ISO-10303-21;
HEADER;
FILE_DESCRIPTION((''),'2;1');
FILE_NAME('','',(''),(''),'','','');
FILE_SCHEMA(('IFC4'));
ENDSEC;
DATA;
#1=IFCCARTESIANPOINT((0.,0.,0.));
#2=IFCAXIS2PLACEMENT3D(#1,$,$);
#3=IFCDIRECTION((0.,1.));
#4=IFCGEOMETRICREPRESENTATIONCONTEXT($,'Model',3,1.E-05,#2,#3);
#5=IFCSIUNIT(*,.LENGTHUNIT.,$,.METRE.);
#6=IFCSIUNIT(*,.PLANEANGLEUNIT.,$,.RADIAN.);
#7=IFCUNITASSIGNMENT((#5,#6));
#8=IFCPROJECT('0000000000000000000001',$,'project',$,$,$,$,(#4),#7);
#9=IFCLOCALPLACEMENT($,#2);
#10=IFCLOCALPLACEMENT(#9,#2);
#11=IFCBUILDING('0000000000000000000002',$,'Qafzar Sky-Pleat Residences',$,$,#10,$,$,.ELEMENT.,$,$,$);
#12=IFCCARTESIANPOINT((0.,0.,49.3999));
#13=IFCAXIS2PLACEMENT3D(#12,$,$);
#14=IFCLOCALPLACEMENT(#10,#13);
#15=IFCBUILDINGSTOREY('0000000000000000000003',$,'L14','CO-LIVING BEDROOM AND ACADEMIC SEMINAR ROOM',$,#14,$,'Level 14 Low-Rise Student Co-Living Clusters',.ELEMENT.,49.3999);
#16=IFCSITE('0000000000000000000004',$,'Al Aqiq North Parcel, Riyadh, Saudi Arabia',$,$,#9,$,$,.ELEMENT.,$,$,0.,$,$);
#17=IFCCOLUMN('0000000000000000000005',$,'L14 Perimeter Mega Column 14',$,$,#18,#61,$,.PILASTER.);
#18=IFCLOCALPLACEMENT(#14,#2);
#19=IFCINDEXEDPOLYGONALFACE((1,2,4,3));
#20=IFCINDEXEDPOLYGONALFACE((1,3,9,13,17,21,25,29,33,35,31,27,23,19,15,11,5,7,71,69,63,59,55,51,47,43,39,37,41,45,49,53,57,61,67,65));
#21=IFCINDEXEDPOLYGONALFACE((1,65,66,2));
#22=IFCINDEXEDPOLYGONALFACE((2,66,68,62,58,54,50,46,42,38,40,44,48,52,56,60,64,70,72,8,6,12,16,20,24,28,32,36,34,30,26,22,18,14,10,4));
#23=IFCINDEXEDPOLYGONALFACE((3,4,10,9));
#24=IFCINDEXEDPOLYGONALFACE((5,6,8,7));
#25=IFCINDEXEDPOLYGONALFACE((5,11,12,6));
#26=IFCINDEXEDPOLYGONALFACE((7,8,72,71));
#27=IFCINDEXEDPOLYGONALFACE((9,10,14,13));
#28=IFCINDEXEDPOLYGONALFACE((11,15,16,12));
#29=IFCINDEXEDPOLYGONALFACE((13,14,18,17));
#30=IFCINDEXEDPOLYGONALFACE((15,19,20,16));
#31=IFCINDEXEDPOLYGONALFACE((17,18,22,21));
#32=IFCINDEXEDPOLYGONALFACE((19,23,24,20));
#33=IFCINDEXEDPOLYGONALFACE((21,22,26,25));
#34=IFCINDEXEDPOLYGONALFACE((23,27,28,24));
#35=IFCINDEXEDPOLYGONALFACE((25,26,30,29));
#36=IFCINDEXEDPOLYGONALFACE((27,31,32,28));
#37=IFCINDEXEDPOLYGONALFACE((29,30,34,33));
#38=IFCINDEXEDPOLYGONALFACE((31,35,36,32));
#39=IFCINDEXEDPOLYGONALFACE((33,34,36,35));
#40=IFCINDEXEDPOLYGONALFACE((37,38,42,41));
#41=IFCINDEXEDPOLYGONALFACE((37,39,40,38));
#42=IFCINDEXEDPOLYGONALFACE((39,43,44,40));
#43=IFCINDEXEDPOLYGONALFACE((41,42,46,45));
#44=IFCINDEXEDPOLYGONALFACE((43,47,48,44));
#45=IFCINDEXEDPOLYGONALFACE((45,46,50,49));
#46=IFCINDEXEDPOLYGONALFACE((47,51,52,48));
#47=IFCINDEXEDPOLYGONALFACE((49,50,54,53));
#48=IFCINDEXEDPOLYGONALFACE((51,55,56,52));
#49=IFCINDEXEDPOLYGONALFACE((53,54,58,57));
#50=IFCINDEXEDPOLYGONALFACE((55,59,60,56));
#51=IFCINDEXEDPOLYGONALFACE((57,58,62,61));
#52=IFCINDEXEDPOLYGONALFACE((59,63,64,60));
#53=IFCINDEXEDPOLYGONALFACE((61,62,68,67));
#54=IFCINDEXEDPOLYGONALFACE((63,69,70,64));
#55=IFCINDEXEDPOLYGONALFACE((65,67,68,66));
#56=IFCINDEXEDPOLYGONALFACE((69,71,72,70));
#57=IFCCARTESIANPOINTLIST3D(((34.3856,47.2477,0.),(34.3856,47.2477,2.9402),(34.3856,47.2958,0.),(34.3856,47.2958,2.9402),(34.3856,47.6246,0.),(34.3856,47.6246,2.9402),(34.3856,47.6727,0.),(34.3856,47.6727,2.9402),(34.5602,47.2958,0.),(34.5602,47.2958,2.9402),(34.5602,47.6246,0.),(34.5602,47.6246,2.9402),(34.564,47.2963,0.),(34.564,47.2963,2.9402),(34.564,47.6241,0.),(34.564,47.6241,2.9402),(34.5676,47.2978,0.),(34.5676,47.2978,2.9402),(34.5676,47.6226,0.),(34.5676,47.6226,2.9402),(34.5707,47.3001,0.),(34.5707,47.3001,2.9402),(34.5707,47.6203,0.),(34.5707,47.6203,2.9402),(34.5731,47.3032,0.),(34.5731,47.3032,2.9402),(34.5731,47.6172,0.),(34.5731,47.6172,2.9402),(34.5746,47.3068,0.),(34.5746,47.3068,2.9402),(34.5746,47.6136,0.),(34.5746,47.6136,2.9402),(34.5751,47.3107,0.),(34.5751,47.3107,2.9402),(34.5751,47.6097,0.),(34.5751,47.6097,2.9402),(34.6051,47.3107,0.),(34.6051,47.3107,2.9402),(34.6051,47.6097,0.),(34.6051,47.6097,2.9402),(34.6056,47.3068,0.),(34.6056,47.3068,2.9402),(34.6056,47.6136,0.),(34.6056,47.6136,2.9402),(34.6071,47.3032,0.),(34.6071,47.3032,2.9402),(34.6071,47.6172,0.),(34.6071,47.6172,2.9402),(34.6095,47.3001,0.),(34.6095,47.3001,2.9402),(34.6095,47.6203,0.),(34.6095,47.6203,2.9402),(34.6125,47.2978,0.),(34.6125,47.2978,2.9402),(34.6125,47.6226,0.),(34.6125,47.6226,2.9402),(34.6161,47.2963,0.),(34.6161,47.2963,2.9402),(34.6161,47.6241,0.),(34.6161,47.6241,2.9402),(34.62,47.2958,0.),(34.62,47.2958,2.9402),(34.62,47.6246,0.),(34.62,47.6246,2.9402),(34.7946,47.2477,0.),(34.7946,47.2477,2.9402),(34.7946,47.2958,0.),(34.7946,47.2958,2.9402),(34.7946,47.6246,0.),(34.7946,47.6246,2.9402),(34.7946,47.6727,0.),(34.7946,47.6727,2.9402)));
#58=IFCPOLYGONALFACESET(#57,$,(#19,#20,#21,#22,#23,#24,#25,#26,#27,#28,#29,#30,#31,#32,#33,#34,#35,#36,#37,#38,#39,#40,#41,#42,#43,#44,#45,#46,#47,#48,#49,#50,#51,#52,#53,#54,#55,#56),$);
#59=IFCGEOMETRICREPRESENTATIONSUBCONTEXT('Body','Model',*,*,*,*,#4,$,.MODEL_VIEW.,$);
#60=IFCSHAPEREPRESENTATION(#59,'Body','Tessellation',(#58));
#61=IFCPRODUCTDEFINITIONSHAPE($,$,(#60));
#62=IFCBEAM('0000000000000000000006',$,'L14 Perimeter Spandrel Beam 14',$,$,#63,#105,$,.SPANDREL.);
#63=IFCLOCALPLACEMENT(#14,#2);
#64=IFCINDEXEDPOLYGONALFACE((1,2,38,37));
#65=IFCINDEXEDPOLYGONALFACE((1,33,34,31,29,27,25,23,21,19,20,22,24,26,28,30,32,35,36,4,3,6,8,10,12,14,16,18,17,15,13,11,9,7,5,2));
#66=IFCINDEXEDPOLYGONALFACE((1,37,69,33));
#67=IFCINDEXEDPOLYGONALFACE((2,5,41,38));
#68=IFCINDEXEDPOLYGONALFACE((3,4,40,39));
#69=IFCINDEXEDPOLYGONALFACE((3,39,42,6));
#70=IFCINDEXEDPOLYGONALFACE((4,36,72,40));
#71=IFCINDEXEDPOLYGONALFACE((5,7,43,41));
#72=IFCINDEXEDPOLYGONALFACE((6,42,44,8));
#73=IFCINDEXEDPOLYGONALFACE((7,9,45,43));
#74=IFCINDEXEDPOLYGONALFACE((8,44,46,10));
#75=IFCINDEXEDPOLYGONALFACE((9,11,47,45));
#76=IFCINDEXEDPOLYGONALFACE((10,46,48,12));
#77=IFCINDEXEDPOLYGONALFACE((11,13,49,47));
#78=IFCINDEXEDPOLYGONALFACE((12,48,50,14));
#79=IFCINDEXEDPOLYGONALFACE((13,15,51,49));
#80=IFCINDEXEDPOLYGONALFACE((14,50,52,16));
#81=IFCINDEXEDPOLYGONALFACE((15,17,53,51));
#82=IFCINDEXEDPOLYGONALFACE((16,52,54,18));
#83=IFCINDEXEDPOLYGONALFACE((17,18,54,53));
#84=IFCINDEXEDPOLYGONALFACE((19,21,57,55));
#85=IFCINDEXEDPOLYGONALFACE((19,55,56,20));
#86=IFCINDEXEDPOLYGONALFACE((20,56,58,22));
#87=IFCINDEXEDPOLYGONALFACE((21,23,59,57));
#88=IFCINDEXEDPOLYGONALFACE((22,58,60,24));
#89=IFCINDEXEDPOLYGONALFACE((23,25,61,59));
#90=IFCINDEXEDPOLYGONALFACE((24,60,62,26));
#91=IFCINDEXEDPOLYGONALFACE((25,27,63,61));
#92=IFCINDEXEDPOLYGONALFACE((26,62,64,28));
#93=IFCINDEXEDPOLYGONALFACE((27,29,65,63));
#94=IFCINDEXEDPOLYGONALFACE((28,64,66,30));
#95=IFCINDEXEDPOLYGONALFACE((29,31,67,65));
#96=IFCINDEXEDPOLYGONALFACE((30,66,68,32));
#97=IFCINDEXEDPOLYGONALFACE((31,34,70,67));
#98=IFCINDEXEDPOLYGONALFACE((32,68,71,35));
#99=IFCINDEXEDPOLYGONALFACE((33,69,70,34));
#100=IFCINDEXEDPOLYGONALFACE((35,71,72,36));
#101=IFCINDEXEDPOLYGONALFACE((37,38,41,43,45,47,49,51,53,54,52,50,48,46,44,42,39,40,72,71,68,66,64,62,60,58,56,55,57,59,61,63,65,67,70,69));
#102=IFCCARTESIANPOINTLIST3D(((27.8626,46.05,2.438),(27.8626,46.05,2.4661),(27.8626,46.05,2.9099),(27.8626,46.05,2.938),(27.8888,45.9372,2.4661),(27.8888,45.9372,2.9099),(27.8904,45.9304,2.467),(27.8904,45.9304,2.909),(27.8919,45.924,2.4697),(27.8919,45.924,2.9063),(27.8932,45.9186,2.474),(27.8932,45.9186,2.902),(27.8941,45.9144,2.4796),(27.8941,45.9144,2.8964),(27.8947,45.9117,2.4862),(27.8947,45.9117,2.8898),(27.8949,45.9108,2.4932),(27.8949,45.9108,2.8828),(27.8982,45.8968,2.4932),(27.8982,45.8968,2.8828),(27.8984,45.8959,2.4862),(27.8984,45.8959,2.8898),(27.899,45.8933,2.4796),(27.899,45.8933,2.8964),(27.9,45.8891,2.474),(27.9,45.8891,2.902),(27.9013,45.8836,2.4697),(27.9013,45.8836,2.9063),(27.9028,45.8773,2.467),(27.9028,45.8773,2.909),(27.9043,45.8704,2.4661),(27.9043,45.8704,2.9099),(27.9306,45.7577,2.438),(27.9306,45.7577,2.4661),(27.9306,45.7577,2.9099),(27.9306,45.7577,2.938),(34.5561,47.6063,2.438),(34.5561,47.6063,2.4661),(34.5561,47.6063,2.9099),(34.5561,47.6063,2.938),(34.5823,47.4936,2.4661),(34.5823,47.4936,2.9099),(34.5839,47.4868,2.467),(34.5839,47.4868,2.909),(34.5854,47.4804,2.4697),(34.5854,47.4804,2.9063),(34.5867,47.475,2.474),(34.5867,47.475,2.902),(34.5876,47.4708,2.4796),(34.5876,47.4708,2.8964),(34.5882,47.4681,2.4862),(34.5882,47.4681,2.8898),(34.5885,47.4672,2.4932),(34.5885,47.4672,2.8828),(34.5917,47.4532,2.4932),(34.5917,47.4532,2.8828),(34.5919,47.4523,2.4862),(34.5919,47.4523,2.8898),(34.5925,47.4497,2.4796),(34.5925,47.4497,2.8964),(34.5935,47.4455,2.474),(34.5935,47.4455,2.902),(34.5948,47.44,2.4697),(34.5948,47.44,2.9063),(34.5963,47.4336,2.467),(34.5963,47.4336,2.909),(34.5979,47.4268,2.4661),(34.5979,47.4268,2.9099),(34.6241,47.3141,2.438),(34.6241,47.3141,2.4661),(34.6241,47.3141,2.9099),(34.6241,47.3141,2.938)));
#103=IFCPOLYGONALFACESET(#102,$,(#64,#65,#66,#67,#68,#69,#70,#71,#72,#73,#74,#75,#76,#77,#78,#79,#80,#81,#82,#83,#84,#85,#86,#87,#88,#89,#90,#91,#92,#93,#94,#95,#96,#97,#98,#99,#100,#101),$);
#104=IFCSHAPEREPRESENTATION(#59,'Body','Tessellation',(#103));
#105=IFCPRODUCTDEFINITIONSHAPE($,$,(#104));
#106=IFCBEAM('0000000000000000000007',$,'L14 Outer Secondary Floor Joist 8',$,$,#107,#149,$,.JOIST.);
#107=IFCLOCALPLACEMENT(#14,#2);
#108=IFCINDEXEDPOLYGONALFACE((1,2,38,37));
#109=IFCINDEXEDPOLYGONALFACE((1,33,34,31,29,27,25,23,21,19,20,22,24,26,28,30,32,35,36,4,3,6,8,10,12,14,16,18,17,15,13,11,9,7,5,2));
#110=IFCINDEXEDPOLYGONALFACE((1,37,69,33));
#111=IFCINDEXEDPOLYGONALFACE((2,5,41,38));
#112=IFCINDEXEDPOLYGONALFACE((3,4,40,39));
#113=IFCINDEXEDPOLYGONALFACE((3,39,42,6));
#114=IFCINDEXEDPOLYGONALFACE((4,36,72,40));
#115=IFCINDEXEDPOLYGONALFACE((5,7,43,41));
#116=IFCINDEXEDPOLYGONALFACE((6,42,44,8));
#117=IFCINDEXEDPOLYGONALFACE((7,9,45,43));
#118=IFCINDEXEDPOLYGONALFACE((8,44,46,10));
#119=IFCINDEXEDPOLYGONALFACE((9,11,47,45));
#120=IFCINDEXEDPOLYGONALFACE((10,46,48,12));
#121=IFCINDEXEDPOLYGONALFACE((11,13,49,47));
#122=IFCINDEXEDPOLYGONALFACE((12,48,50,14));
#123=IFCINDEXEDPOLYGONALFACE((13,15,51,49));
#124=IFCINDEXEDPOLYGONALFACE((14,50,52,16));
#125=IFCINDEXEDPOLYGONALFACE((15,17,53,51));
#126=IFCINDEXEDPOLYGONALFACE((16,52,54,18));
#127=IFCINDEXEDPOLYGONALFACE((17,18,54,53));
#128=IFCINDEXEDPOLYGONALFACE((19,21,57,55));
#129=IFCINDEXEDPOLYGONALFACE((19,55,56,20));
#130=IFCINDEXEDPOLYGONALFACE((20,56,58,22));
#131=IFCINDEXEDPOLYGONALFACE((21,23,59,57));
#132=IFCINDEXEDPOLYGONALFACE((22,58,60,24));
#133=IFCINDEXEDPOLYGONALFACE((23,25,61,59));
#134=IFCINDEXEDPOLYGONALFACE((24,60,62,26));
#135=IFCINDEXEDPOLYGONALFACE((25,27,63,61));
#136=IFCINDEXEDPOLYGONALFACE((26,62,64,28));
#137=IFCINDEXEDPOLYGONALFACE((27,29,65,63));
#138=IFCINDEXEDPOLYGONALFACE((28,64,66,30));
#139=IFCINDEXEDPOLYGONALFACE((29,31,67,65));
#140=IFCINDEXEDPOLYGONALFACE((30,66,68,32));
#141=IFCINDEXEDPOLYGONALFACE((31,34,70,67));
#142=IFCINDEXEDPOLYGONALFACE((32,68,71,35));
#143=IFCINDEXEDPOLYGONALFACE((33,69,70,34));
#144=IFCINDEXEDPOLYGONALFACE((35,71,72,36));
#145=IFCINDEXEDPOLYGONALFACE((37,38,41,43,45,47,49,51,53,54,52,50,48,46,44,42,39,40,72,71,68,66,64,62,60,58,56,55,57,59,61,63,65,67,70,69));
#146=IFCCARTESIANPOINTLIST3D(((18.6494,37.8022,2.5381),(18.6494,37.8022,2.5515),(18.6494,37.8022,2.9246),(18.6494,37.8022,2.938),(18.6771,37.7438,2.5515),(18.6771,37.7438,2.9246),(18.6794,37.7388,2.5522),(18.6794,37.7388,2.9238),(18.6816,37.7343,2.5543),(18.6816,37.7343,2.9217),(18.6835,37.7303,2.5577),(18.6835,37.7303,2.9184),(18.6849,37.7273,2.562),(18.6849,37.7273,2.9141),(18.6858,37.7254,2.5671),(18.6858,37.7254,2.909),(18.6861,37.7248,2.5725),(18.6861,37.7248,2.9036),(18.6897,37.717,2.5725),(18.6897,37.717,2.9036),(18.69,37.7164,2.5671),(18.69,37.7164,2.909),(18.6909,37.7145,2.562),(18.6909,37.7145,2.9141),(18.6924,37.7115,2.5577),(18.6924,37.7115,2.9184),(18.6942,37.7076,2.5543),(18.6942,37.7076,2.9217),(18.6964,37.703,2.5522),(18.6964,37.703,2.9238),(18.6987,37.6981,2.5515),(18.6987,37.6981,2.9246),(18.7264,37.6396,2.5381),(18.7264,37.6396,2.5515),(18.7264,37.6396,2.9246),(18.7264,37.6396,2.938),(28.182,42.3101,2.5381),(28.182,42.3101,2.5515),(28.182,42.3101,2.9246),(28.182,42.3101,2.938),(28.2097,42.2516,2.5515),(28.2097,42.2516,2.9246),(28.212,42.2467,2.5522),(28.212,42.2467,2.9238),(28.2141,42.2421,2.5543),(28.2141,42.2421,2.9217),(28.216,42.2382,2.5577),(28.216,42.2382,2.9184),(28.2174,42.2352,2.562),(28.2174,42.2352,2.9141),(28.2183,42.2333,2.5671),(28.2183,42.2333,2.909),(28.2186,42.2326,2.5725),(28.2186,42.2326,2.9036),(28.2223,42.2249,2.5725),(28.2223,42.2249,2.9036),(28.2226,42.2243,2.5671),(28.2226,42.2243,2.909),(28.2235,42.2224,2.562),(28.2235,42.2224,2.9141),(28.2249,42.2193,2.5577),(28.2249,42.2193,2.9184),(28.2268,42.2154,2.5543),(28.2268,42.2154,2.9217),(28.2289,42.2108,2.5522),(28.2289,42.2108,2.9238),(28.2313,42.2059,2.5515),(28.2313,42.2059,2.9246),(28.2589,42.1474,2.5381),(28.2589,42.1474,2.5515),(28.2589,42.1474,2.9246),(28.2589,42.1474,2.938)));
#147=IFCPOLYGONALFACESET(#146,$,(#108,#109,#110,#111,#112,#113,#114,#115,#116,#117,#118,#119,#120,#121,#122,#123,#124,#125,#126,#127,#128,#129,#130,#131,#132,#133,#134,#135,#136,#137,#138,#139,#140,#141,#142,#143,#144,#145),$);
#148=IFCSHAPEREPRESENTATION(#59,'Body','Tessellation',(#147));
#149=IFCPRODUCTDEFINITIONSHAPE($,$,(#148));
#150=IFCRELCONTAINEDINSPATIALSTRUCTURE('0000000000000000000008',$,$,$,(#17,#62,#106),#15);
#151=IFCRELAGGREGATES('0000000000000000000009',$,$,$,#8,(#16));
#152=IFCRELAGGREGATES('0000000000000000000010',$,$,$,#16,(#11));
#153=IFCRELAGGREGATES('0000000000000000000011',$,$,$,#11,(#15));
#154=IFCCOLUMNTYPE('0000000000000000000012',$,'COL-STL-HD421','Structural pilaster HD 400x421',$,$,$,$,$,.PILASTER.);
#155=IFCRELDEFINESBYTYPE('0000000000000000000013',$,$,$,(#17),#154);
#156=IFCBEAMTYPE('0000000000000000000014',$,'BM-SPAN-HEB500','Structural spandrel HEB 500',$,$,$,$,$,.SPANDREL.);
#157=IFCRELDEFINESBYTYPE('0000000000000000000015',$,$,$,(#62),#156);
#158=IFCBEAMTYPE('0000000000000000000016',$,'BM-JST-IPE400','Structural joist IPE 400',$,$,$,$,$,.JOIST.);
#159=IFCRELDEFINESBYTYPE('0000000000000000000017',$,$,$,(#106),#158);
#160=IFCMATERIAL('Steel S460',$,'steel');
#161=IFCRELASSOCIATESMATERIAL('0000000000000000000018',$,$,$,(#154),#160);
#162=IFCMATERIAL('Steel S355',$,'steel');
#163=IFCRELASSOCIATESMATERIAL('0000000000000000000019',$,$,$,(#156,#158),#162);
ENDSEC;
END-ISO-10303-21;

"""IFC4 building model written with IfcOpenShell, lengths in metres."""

from ifc_helpers import new_model, si_unit, direction, frame, origin, origin_2d, place, context, subcontext, project, spatial, i_section, extrude, source, transform, mapped, material, material_profile, profile_set, type_object, element, save


model = new_model("IFC4")

# Units and contexts
model_context = context("Model", 3, precision=1e-05, world=origin(), true_north=direction((0.0, 1.0)))
body_context = subcontext(model_context, "Body", "Model", "MODEL_VIEW")
ifc_project = project(units=[si_unit("LENGTHUNIT", "METRE"), si_unit("PLANEANGLEUNIT", "RADIAN")], contexts=[model_context])

# Site, building, storey
site_placement = place(None, origin())
site = spatial("IfcSite", under=ifc_project, at=site_placement, Name="Al Aqiq North Parcel, Riyadh, Saudi Arabia", CompositionType="ELEMENT", RefElevation=0.0)
building_placement = place(site_placement, origin())
building = spatial("IfcBuilding", under=site, at=building_placement, Name="Qafzar Sky-Pleat Residences", CompositionType="ELEMENT")
storey_placement = place(building_placement, frame((0.0, 0.0, 49.3999)))
storey = spatial("IfcBuildingStorey", under=building, at=storey_placement, Name="L14", Description="CO-LIVING BEDROOM AND ACADEMIC SEMINAR ROOM", LongName="Level 14 Low-Rise Student Co-Living Clusters", CompositionType="ELEMENT", Elevation=49.3999)

# Column
ifc_material_1 = material(Name="Steel S460", Category="steel")
ifc_material_profile_1 = material_profile(ifc_material_1, i_section(OverallWidth=0.4089, OverallDepth=0.425, WebThickness=0.03, FlangeThickness=0.0481, FilletRadius=0.0149, at=origin_2d()), Name="HD 400x421")
ifc_profile_set_1 = profile_set([ifc_material_profile_1], Name="Steel S460")
column_type = type_object("IfcColumnType", Name="COL-STL-HD421", Description="Structural pilaster HD 400x421", PredefinedType="PILASTER", material=ifc_profile_set_1)
shared_shape_1 = source(origin(), body_context, "Body", "SweptSolid", [
    extrude(i_section(OverallWidth=0.4089, OverallDepth=0.425, WebThickness=0.03, FlangeThickness=0.0481, FilletRadius=0.0149, at=origin_2d()), origin(), (0.0, 0.0, 1.0), 2.9402),
])
column_placement = place(storey_placement, frame((34.5901, 47.4602, 0.0), z_axis=(0.0, 0.0, 1.0), x_axis=(1.0, 0.0, 0.0)))
element("IfcColumn", 1, at=column_placement, inside=storey, type_object=column_type, Name="L14 Perimeter Mega Column 14", PredefinedType="PILASTER", context=body_context, shape_type="MappedRepresentation", body=[
    mapped(shared_shape_1, transform((0.0, 0.0, 0.0), x_axis=(1.0, 0.0, 0.0), y_axis=(0.0, 1.0, 0.0), z_axis=(0.0, 0.0, 1.0), scale=1.0)),
])

# Beams
ifc_material_2 = material(Name="Steel S355", Category="steel")
ifc_material_profile_2 = material_profile(ifc_material_2, i_section(OverallWidth=0.3, OverallDepth=0.5, WebThickness=0.0144, FlangeThickness=0.0281, FilletRadius=0.0271, at=origin_2d()), Name="HEB 500")
ifc_profile_set_2 = profile_set([ifc_material_profile_2], Name="Steel S355")
beam_type_1 = type_object("IfcBeamType", Name="BM-SPAN-HEB500", Description="Structural spandrel HEB 500", PredefinedType="SPANDREL", material=ifc_profile_set_2)
shared_shape_2 = source(origin(), body_context, "Body", "SweptSolid", [
    extrude(i_section(OverallWidth=0.3, OverallDepth=0.5, WebThickness=0.0144, FlangeThickness=0.0281, FilletRadius=0.0271, at=origin_2d()), origin(), (0.0, 0.0, 1.0), 6.8721),
])
beam_1_placement = place(storey_placement, frame((34.5901, 47.4602, 2.688), z_axis=(-0.974016, -0.226478, 0.0), x_axis=(0.226478, -0.974016, 0.0)))
element("IfcBeam", 2, at=beam_1_placement, inside=storey, type_object=beam_type_1, Name="L14 Perimeter Spandrel Beam 14", PredefinedType="SPANDREL", context=body_context, shape_type="MappedRepresentation", body=[
    mapped(shared_shape_2, transform((0.0, 0.0, 0.0), x_axis=(1.0, 0.0, 0.0), y_axis=(0.0, 1.0, 0.0), z_axis=(0.0, 0.0, 1.0), scale=1.0)),
])
ifc_material_profile_3 = material_profile(ifc_material_2, i_section(OverallWidth=0.1799, OverallDepth=0.3999, WebThickness=0.0085, FlangeThickness=0.0134, FilletRadius=0.021, at=origin_2d()), Name="IPE 400")
ifc_profile_set_3 = profile_set([ifc_material_profile_3], Name="Steel S355")
beam_type_2 = type_object("IfcBeamType", Name="BM-JST-IPE400", Description="Structural joist IPE 400", PredefinedType="JOIST", material=ifc_profile_set_3)
shared_shape_3 = source(origin(), body_context, "Body", "SweptSolid", [
    extrude(i_section(OverallWidth=0.1799, OverallDepth=0.3999, WebThickness=0.0085, FlangeThickness=0.0134, FilletRadius=0.021, at=origin_2d()), origin(), (0.0, 0.0, 1.0), 10.5447),
])
beam_2_placement = place(storey_placement, frame((28.2205, 42.2288, 2.738), z_axis=(-0.904015, -0.4275, 0.0), x_axis=(0.4275, -0.904015, 0.0)))
element("IfcBeam", 3, at=beam_2_placement, inside=storey, type_object=beam_type_2, Name="L14 Outer Secondary Floor Joist 8", PredefinedType="JOIST", context=body_context, shape_type="MappedRepresentation", body=[
    mapped(shared_shape_3, transform((0.0, 0.0, 0.0), x_axis=(1.0, 0.0, 0.0), y_axis=(0.0, 1.0, 0.0), z_axis=(0.0, 0.0, 1.0), scale=1.0)),
])

save(model, "model.ifc")
